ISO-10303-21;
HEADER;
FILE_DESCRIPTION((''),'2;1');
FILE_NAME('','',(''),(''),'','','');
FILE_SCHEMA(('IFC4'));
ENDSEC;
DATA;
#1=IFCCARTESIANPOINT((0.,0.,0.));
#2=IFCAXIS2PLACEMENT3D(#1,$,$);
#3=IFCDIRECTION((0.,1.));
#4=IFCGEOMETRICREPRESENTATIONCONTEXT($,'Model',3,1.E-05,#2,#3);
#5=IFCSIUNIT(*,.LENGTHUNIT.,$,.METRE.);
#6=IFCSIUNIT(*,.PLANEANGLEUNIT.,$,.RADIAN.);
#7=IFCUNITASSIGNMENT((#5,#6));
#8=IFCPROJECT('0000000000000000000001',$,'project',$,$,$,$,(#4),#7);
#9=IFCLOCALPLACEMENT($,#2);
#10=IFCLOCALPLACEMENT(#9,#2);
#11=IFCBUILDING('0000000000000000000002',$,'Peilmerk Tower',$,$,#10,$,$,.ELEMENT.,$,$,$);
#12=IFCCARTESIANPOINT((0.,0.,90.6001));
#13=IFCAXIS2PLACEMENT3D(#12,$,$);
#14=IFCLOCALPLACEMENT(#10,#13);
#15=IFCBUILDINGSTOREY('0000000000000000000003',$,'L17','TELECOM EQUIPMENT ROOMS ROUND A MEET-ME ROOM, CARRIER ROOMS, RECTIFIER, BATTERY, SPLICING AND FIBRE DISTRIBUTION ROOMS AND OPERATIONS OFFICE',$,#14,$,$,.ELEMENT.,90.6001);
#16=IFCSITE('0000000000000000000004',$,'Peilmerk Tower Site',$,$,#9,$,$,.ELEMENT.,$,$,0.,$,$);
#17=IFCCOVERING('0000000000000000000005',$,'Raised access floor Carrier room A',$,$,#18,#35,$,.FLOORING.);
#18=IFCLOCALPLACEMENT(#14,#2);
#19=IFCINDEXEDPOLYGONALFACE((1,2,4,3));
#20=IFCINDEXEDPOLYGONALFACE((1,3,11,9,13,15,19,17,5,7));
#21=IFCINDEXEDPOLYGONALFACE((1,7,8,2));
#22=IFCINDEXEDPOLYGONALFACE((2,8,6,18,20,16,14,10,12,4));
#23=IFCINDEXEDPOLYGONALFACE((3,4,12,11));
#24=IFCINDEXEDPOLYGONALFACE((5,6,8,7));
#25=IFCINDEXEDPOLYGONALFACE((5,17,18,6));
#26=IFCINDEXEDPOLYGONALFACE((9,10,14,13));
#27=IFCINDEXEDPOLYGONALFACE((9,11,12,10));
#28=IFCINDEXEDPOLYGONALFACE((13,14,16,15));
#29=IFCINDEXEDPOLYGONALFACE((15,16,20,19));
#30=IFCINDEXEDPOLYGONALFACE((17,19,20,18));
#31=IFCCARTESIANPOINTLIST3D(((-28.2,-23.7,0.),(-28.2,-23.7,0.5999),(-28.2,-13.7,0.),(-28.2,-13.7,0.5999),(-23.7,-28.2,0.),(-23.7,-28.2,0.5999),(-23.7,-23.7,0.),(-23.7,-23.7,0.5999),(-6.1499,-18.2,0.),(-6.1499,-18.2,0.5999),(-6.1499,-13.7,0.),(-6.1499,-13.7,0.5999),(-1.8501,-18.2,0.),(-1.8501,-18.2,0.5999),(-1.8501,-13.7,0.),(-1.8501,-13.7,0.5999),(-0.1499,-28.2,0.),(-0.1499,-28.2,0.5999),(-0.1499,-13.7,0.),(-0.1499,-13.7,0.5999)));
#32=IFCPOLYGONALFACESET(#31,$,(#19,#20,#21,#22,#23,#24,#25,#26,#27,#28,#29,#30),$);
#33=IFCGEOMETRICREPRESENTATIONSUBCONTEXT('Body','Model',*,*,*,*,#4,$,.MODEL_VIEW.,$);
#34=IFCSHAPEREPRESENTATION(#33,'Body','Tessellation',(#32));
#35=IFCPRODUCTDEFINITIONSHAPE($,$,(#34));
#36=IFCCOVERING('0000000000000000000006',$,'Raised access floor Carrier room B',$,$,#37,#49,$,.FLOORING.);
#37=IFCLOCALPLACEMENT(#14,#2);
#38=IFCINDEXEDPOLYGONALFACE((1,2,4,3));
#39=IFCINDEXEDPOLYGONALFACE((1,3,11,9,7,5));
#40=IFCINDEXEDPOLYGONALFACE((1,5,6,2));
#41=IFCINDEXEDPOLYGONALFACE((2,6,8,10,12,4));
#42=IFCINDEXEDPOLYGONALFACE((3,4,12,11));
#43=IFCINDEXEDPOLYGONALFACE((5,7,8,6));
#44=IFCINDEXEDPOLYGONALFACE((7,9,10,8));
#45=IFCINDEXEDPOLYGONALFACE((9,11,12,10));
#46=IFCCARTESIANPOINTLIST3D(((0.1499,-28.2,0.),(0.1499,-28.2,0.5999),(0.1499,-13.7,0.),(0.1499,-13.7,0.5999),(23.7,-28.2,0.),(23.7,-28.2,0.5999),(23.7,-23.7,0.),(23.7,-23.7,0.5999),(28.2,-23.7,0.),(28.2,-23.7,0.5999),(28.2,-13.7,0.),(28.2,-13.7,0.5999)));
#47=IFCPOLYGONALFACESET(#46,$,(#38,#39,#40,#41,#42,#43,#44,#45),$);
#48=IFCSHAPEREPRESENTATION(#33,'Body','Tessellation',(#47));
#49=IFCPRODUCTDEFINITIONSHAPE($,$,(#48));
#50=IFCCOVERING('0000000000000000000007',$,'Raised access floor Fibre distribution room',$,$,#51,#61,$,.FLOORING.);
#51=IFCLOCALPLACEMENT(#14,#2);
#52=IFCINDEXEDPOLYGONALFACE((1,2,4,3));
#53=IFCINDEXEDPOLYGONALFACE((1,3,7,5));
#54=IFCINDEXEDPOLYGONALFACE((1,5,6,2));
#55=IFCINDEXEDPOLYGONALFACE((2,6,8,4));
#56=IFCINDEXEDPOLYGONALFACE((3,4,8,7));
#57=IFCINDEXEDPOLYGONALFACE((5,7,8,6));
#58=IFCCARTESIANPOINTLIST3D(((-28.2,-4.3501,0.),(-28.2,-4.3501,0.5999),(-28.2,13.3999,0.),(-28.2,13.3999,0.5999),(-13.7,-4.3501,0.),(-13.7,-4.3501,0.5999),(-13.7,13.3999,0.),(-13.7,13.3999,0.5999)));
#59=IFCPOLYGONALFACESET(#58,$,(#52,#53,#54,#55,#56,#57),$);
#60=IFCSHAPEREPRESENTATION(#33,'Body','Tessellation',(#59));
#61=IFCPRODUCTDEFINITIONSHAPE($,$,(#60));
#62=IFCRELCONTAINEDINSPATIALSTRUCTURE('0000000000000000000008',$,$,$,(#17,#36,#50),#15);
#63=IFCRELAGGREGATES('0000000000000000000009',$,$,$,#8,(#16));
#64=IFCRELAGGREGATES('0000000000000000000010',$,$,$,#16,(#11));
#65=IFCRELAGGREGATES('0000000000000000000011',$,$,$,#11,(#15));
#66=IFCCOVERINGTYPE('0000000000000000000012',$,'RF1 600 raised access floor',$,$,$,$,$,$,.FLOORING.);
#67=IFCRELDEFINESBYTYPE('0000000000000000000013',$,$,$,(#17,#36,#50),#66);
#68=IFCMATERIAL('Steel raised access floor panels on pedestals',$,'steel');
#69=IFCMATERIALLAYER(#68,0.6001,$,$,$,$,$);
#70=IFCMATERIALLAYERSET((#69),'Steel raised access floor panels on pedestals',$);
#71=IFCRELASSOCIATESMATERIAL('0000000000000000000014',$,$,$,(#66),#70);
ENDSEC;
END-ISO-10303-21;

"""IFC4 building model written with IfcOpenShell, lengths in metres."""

from ifc_helpers import new_model, si_unit, direction, frame, origin, place, context, subcontext, project, spatial, polyline, outline, extrude, material, layer, layer_set, type_object, element, save


model = new_model("IFC4")

# Units and contexts
model_context = context("Model", 3, precision=1e-05, world=origin(), true_north=direction((0.0, 1.0)))
body_context = subcontext(model_context, "Body", "Model", "MODEL_VIEW")
ifc_project = project(units=[si_unit("LENGTHUNIT", "METRE"), si_unit("PLANEANGLEUNIT", "RADIAN")], contexts=[model_context])

# Site, building, storey
site_placement = place(None, origin())
site = spatial("IfcSite", under=ifc_project, at=site_placement, Name="Peilmerk Tower Site", CompositionType="ELEMENT", RefElevation=0.0)
building_placement = place(site_placement, origin())
building = spatial("IfcBuilding", under=site, at=building_placement, Name="Peilmerk Tower", CompositionType="ELEMENT")
storey_placement = place(building_placement, frame((0.0, 0.0, 90.6001)))
storey = spatial("IfcBuildingStorey", under=building, at=storey_placement, Name="L17", Description="TELECOM EQUIPMENT ROOMS ROUND A MEET-ME ROOM, CARRIER ROOMS, RECTIFIER, BATTERY, SPLICING AND FIBRE DISTRIBUTION ROOMS AND OPERATIONS OFFICE", CompositionType="ELEMENT", Elevation=90.6001)

# Coverings
ifc_material_1 = material(Name="Steel raised access floor panels on pedestals", Category="steel")
ifc_layer_1 = layer(ifc_material_1, 0.6001)
ifc_layer_set_1 = layer_set([ifc_layer_1], Name="Steel raised access floor panels on pedestals")
covering_type_1 = type_object("IfcCoveringType", Name="RF1 600 raised access floor", PredefinedType="FLOORING", material=ifc_layer_set_1)
covering_1_placement = place(storey_placement, origin())
element("IfcCovering", 1, at=covering_1_placement, inside=storey, type_object=covering_type_1, Name="Raised access floor Carrier room A", PredefinedType="FLOORING", context=body_context, shape_type="SweptSolid", body=[
    extrude(outline(polyline([(-23.7, -23.7), (-23.7, -28.2), (-0.1499, -28.2), (-0.1499, -13.7), (-1.8501, -13.7), (-1.8501, -18.2), (-6.1499, -18.2), (-6.1499, -13.7), (-28.2, -13.7), (-28.2, -23.7), (-23.7, -23.7)])), origin(), (0.0, 0.0, 1.0), 0.5999),
])
covering_2_placement = place(storey_placement, origin())
element("IfcCovering", 2, at=covering_2_placement, inside=storey, type_object=covering_type_1, Name="Raised access floor Carrier room B", PredefinedType="FLOORING", context=body_context, shape_type="SweptSolid", body=[
    extrude(outline(polyline([(0.1499, -28.2), (23.7, -28.2), (23.7, -23.7), (28.2, -23.7), (28.2, -13.7), (0.1499, -13.7), (0.1499, -28.2)])), origin(), (0.0, 0.0, 1.0), 0.5999),
])
covering_3_placement = place(storey_placement, origin())
element("IfcCovering", 3, at=covering_3_placement, inside=storey, type_object=covering_type_1, Name="Raised access floor Fibre distribution room", PredefinedType="FLOORING", context=body_context, shape_type="SweptSolid", body=[
    extrude(outline(polyline([(-28.2, 13.3999), (-28.2, -4.3501), (-13.7, -4.3501), (-13.7, 13.3999), (-28.2, 13.3999)])), origin(), (0.0, 0.0, 1.0), 0.5999),
])

save(model, "model.ifc")
